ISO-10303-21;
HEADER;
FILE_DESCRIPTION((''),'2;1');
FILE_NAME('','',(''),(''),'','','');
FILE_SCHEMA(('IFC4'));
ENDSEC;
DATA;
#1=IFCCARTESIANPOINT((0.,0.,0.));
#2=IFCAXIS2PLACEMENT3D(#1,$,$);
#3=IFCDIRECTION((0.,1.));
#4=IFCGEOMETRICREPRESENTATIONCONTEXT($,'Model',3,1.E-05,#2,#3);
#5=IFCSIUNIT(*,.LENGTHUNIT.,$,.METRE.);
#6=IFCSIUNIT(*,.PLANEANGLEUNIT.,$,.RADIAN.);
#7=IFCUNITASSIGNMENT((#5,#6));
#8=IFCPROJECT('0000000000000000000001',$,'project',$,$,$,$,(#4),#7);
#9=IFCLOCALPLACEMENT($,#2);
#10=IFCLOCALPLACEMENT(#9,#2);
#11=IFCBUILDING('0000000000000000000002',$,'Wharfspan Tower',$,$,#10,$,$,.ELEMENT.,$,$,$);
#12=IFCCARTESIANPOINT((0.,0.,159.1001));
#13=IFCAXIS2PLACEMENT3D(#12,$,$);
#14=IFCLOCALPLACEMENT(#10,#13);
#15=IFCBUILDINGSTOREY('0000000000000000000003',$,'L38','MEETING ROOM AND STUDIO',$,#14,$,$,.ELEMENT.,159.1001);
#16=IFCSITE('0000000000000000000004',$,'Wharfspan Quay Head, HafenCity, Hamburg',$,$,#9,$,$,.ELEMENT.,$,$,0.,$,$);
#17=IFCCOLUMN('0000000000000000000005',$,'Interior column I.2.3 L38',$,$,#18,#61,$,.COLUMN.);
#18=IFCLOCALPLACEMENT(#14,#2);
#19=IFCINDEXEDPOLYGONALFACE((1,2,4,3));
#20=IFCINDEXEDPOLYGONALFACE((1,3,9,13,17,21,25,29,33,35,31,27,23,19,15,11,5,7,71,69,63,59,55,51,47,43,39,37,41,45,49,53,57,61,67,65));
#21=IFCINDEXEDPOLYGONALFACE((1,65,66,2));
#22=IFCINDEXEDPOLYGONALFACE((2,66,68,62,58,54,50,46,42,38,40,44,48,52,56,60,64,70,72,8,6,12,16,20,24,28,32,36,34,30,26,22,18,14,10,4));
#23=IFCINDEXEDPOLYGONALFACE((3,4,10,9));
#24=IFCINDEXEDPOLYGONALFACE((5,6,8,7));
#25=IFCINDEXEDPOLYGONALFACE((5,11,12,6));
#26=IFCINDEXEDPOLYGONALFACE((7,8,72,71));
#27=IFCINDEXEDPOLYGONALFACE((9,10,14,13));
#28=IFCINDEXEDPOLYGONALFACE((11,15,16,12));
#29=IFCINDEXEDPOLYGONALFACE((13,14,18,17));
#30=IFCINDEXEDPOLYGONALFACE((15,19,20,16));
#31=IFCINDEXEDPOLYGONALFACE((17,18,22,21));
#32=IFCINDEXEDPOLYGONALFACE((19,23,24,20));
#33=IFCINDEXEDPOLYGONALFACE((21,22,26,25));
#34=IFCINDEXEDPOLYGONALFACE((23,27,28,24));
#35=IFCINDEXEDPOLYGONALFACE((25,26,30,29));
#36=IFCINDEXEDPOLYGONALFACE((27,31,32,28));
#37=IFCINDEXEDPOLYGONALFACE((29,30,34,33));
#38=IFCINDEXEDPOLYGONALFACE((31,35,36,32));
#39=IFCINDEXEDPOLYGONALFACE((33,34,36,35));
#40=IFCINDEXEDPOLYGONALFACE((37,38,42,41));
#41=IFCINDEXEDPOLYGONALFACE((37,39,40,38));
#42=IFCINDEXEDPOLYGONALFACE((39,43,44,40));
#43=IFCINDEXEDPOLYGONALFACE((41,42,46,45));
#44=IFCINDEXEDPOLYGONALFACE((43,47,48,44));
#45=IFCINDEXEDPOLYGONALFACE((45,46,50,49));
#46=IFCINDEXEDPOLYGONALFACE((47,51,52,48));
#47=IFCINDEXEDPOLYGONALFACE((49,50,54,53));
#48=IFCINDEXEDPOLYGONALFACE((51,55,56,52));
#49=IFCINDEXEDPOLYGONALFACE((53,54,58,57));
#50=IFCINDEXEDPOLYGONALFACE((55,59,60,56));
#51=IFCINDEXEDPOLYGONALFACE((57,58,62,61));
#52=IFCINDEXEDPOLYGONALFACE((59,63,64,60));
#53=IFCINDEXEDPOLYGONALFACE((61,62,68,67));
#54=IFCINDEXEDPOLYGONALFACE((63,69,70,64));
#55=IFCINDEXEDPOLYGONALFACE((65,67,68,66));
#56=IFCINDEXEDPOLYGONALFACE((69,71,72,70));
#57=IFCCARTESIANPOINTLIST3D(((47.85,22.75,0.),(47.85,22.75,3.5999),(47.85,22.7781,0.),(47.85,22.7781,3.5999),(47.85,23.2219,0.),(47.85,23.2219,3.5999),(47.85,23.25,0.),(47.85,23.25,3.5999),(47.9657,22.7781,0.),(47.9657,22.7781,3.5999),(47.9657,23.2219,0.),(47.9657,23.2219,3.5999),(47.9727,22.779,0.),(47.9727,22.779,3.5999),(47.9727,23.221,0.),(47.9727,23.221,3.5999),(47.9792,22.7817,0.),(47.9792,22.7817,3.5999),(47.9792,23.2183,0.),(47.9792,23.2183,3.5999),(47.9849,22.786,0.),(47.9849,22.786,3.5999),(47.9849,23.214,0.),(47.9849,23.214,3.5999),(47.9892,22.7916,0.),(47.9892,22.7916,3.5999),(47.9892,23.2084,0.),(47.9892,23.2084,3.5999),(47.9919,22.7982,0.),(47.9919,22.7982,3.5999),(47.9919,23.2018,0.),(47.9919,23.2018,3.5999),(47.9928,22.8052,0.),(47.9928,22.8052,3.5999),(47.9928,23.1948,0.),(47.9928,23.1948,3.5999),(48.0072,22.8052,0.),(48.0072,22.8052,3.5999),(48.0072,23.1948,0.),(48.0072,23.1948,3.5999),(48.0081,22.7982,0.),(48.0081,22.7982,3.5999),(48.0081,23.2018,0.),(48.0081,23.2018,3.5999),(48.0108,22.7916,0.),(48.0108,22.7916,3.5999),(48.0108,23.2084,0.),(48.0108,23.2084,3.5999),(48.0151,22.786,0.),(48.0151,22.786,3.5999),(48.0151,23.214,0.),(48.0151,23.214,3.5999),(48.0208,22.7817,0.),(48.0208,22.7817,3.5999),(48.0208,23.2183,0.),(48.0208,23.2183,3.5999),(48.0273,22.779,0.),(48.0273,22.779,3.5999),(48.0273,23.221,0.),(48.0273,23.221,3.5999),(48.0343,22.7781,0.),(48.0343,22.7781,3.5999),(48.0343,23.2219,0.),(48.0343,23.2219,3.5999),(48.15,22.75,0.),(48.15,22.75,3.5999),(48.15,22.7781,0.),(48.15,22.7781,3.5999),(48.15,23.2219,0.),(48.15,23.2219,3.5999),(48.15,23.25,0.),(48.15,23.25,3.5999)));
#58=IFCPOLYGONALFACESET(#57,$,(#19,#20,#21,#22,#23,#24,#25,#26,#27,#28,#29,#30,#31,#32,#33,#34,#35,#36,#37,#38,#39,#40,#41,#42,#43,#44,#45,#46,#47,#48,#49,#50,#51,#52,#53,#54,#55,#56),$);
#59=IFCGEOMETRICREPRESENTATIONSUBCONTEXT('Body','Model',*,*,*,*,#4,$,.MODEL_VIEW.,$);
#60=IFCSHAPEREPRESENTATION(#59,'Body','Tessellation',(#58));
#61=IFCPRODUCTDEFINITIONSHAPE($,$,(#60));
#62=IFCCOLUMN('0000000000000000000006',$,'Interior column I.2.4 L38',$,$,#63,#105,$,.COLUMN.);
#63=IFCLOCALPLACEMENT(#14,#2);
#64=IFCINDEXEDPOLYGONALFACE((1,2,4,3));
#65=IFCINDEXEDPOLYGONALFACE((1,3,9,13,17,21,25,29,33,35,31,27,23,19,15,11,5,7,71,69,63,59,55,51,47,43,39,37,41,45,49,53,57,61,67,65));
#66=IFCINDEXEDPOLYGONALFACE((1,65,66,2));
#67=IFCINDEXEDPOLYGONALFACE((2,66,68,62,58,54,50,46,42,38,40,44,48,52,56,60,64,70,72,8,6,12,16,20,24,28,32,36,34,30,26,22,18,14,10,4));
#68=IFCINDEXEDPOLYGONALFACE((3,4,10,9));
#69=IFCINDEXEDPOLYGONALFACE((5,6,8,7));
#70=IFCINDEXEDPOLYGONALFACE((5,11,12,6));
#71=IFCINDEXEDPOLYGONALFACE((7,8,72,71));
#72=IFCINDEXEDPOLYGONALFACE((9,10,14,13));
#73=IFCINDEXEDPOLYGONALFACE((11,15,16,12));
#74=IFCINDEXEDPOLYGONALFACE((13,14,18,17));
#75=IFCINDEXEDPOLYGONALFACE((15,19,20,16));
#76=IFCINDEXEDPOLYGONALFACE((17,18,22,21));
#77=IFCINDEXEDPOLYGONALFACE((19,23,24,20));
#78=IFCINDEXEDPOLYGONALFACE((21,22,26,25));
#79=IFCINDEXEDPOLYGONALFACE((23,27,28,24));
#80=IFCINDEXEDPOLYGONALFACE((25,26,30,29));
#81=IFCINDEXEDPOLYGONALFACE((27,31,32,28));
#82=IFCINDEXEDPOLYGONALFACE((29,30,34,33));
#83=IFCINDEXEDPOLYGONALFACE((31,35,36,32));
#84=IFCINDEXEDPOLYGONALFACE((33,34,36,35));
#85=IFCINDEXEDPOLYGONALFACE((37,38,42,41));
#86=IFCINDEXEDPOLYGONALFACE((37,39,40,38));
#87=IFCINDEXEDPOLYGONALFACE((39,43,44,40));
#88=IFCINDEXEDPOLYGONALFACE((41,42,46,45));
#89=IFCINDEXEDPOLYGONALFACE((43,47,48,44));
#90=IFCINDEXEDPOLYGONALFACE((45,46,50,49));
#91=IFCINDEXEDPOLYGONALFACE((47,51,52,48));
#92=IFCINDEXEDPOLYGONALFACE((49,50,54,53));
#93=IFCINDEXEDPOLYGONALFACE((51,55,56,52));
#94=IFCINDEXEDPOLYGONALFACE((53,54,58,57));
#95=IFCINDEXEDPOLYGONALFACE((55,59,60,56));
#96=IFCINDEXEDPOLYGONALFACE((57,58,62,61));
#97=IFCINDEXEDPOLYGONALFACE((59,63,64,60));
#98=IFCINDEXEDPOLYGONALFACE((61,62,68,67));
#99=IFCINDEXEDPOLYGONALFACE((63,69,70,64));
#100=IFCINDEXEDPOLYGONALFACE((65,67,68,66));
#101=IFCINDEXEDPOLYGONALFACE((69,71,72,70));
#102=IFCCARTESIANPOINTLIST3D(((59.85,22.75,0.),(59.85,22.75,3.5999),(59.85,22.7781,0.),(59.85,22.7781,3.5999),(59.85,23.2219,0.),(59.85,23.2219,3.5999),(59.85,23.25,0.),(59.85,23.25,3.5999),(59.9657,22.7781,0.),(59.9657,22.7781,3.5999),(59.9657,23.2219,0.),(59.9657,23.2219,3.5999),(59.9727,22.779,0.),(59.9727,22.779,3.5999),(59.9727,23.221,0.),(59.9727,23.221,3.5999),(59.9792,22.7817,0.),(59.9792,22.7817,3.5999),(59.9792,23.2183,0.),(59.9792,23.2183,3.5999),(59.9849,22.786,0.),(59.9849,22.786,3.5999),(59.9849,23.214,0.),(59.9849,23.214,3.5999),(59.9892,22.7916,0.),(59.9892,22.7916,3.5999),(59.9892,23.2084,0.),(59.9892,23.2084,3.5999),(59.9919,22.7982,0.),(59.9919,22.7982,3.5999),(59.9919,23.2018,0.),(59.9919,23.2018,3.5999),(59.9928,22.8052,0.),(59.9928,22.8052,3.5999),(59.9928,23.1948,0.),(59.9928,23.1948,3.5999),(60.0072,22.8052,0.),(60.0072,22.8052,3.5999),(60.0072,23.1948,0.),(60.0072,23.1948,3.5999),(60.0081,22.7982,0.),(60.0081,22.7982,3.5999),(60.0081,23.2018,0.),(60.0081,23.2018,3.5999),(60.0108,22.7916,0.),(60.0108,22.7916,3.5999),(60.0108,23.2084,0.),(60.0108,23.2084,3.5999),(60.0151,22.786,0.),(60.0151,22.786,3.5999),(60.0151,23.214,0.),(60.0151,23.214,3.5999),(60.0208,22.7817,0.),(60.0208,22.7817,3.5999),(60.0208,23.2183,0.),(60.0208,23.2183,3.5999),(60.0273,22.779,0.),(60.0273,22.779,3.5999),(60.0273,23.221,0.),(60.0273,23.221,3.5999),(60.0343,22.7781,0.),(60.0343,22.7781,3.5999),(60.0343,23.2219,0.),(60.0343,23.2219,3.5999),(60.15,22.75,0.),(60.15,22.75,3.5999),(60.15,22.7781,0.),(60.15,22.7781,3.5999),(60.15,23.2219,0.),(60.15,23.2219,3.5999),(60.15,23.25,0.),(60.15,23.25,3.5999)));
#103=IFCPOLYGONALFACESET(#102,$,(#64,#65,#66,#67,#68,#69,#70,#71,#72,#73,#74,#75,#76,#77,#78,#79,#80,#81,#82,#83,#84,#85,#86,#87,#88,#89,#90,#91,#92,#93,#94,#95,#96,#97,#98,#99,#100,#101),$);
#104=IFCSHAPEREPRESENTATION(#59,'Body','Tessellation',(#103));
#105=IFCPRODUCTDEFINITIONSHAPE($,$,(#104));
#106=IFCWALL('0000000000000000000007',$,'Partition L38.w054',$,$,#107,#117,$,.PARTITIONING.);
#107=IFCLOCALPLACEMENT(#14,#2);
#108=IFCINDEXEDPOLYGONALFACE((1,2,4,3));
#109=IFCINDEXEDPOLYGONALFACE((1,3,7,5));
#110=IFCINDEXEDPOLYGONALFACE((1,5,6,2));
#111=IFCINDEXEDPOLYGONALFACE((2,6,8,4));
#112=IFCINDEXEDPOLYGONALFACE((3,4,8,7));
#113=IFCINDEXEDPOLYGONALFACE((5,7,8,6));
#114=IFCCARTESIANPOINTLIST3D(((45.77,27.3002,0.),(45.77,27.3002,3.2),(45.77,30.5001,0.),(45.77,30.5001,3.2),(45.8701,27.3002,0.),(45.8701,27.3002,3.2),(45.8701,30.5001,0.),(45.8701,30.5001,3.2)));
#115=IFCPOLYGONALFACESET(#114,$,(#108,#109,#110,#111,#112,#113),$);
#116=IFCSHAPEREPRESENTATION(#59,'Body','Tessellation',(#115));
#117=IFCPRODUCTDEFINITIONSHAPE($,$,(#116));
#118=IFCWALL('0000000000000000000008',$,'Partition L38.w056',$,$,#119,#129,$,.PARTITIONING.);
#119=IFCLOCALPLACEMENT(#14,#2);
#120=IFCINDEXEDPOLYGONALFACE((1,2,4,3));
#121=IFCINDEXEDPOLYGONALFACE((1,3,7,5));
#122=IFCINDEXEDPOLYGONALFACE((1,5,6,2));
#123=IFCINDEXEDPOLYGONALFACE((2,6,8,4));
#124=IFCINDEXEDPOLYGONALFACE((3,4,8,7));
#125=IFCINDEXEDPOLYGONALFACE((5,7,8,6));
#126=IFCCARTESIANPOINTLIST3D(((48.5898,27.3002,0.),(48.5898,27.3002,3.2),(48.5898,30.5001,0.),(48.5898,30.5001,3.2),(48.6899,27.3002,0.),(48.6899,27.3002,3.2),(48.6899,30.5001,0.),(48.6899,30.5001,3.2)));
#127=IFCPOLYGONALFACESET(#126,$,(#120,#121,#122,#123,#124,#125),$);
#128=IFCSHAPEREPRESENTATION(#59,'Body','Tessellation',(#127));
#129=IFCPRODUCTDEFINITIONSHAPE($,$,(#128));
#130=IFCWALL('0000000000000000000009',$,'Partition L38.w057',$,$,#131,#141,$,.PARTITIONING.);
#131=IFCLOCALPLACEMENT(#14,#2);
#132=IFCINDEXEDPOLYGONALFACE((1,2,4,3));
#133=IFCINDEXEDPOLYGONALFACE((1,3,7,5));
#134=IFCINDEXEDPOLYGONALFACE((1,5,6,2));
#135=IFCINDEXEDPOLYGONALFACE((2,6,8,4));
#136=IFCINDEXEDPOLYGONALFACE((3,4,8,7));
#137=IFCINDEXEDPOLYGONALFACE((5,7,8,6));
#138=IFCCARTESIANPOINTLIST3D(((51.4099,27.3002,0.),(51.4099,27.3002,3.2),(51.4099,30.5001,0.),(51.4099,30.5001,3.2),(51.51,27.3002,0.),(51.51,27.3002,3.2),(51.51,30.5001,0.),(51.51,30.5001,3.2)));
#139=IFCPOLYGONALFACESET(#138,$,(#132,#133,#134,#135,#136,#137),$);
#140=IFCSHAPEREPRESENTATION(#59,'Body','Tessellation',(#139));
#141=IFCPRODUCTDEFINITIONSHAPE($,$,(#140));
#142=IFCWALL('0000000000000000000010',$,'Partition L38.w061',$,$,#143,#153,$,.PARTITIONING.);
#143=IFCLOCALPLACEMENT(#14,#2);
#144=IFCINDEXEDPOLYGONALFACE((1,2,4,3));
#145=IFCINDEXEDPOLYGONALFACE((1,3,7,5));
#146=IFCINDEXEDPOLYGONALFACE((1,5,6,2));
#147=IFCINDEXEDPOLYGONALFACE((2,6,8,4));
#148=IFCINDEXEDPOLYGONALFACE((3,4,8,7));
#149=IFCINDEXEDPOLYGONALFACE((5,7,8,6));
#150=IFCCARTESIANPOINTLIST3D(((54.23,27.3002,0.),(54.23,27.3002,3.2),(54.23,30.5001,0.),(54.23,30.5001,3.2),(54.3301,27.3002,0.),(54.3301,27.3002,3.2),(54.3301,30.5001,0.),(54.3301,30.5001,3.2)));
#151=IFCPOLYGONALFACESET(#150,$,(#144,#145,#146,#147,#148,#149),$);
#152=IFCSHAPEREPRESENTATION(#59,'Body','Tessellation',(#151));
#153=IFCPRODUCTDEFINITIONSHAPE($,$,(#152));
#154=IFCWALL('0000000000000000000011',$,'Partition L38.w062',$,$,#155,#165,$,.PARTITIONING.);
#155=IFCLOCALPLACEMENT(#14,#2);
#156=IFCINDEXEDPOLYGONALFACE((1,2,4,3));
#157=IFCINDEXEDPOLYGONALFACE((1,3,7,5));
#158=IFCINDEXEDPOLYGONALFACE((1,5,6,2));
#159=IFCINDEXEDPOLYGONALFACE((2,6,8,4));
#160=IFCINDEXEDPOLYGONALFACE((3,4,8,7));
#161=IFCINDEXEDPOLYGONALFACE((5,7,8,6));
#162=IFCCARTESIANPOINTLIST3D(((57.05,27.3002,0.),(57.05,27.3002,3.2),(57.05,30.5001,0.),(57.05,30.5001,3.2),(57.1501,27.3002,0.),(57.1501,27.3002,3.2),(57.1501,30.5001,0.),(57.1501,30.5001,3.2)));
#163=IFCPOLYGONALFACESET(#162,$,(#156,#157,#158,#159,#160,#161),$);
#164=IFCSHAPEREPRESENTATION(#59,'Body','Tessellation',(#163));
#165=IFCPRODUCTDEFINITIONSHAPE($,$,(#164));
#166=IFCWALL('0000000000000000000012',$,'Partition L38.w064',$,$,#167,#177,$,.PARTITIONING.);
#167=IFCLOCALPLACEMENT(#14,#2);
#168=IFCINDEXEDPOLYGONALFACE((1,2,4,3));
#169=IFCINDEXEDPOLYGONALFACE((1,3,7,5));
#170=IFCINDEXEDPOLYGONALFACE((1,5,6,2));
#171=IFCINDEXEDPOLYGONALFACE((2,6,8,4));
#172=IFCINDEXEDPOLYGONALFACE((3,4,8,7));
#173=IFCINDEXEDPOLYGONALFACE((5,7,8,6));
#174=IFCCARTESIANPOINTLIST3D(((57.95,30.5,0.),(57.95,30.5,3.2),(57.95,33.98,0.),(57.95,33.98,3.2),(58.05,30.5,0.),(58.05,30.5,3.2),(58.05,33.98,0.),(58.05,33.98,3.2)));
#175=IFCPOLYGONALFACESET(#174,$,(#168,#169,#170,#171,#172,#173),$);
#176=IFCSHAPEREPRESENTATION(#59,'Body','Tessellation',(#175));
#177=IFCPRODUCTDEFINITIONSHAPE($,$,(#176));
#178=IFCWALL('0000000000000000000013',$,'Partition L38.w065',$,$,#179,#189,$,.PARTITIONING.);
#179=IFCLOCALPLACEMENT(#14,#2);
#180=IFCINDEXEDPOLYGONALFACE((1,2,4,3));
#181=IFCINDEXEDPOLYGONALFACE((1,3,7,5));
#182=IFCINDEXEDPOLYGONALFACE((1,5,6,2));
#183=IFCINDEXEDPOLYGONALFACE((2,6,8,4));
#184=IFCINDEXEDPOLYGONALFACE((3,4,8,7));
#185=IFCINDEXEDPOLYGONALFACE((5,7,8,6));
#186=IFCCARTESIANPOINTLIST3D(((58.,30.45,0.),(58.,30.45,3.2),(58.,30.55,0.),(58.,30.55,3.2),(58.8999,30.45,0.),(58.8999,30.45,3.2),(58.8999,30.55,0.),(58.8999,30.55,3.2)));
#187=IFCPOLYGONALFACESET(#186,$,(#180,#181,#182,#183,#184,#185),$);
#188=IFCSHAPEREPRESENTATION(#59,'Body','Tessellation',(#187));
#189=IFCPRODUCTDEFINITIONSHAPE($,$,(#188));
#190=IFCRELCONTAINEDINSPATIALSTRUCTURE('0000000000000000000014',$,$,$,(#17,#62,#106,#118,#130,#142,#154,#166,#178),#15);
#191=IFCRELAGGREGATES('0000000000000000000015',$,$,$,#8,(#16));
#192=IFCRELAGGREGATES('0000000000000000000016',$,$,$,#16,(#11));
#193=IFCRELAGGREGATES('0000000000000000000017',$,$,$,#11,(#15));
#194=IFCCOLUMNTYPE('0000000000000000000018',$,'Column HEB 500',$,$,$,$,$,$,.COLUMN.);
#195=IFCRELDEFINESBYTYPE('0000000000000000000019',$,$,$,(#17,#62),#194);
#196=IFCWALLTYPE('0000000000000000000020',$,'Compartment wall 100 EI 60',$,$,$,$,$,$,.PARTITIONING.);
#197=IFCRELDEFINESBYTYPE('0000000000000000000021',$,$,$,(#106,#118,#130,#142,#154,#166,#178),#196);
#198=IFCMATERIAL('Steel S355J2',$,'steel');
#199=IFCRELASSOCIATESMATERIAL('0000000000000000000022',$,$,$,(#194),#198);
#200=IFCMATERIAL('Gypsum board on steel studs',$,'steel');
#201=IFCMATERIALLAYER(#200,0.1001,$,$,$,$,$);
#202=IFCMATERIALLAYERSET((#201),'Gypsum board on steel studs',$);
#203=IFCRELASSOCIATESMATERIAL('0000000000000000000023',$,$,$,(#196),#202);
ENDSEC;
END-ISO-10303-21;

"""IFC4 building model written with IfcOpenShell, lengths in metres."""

from ifc_helpers import new_model, si_unit, direction, frame, frame_2d, origin, origin_2d, place, context, subcontext, project, spatial, rectangle, i_section, extrude, material, layer, layer_set, material_profile, profile_set, type_object, element, save


model = new_model("IFC4")

# Units and contexts
model_context = context("Model", 3, precision=1e-05, world=origin(), true_north=direction((0.0, 1.0)))
body_context = subcontext(model_context, "Body", "Model", "MODEL_VIEW")
ifc_project = project(units=[si_unit("LENGTHUNIT", "METRE"), si_unit("PLANEANGLEUNIT", "RADIAN")], contexts=[model_context])

# Site, building, storey
site_placement = place(None, origin())
site = spatial("IfcSite", under=ifc_project, at=site_placement, Name="Wharfspan Quay Head, HafenCity, Hamburg", CompositionType="ELEMENT", RefElevation=0.0)
building_placement = place(site_placement, origin())
building = spatial("IfcBuilding", under=site, at=building_placement, Name="Wharfspan Tower", CompositionType="ELEMENT")
storey_placement = place(building_placement, frame((0.0, 0.0, 159.1001)))
storey = spatial("IfcBuildingStorey", under=building, at=storey_placement, Name="L38", Description="MEETING ROOM AND STUDIO", CompositionType="ELEMENT", Elevation=159.1001)

# Columns
ifc_material_1 = material(Name="Steel S355J2", Category="steel")
ifc_material_profile = material_profile(ifc_material_1, i_section(OverallWidth=0.3, OverallDepth=0.5, WebThickness=0.0144, FlangeThickness=0.0281, FilletRadius=0.0271, at=origin_2d()))
ifc_profile_set = profile_set([ifc_material_profile], Name="Steel S355J2")
column_type = type_object("IfcColumnType", Name="Column HEB 500", PredefinedType="COLUMN", material=ifc_profile_set)
for number, where, z_axis, x_axis, name in (
    (1, (48.0, 23.0, 0.0), (0.0, 0.0, 1.0), (1.0, 0.0, 0.0), "Interior column I.2.3 L38"),
    (2, (60.0, 23.0, 0.0), (0.0, 0.0, 1.0), (1.0, 0.0, 0.0), "Interior column I.2.4 L38"),
):
    element("IfcColumn", number, at=place(storey_placement, frame(where, z_axis=z_axis, x_axis=x_axis)), inside=storey, type_object=column_type, Name=name, PredefinedType="COLUMN", context=body_context, shape_type="SweptSolid", body=[
        extrude(i_section(OverallWidth=0.3, OverallDepth=0.5, WebThickness=0.0144, FlangeThickness=0.0281, FilletRadius=0.0271, at=origin_2d()), origin(), (0.0, 0.0, 1.0), 3.5999),
    ])

# Walls
ifc_material_2 = material(Name="Gypsum board on steel studs", Category="steel")
ifc_layer_1 = layer(ifc_material_2, 0.1001)
ifc_layer_set_1 = layer_set([ifc_layer_1], Name="Gypsum board on steel studs")
wall_type_1 = type_object("IfcWallType", Name="Compartment wall 100 EI 60", PredefinedType="PARTITIONING", material=ifc_layer_set_1)
for number, where, z_axis, x_axis, name in (
    (3, (45.8201, 27.3, 0.0), (0.0, 0.0, 1.0), (0.0, 1.0, 0.0), "Partition L38.w054"),
    (4, (48.6399, 27.3, 0.0), (0.0, 0.0, 1.0), (0.0, 1.0, 0.0), "Partition L38.w056"),
    (5, (51.46, 27.3, 0.0), (0.0, 0.0, 1.0), (0.0, 1.0, 0.0), "Partition L38.w057"),
    (6, (54.28, 27.3, 0.0), (0.0, 0.0, 1.0), (0.0, 1.0, 0.0), "Partition L38.w061"),
    (7, (57.1001, 27.3, 0.0), (0.0, 0.0, 1.0), (0.0, 1.0, 0.0), "Partition L38.w062"),
):
    element("IfcWall", number, at=place(storey_placement, frame(where, z_axis=z_axis, x_axis=x_axis)), inside=storey, type_object=wall_type_1, Name=name, PredefinedType="PARTITIONING", context=body_context, shape_type="SweptSolid", body=[
        extrude(rectangle(XDim=3.2, YDim=0.1001, at=frame_2d((1.6001, 0.0))), origin(), (0.0, 0.0, 1.0), 3.2),
    ])
wall_1_placement = place(storey_placement, frame((58.0, 30.5, 0.0), z_axis=(0.0, 0.0, 1.0), x_axis=(0.0, 1.0, 0.0)))
element("IfcWall", 8, at=wall_1_placement, inside=storey, type_object=wall_type_1, Name="Partition L38.w064", PredefinedType="PARTITIONING", context=body_context, shape_type="SweptSolid", body=[
    extrude(rectangle(XDim=3.48, YDim=0.1001, at=frame_2d((1.74, 0.0))), origin(), (0.0, 0.0, 1.0), 3.2),
])
wall_2_placement = place(storey_placement, frame((58.0, 30.5, 0.0), z_axis=(0.0, 0.0, 1.0), x_axis=(1.0, 0.0, 0.0)))
element("IfcWall", 9, at=wall_2_placement, inside=storey, type_object=wall_type_1, Name="Partition L38.w065", PredefinedType="PARTITIONING", context=body_context, shape_type="SweptSolid", body=[
    extrude(rectangle(XDim=0.8999, YDim=0.1001, at=frame_2d((0.45, 0.0))), origin(), (0.0, 0.0, 1.0), 3.2),
])

save(model, "model.ifc")
